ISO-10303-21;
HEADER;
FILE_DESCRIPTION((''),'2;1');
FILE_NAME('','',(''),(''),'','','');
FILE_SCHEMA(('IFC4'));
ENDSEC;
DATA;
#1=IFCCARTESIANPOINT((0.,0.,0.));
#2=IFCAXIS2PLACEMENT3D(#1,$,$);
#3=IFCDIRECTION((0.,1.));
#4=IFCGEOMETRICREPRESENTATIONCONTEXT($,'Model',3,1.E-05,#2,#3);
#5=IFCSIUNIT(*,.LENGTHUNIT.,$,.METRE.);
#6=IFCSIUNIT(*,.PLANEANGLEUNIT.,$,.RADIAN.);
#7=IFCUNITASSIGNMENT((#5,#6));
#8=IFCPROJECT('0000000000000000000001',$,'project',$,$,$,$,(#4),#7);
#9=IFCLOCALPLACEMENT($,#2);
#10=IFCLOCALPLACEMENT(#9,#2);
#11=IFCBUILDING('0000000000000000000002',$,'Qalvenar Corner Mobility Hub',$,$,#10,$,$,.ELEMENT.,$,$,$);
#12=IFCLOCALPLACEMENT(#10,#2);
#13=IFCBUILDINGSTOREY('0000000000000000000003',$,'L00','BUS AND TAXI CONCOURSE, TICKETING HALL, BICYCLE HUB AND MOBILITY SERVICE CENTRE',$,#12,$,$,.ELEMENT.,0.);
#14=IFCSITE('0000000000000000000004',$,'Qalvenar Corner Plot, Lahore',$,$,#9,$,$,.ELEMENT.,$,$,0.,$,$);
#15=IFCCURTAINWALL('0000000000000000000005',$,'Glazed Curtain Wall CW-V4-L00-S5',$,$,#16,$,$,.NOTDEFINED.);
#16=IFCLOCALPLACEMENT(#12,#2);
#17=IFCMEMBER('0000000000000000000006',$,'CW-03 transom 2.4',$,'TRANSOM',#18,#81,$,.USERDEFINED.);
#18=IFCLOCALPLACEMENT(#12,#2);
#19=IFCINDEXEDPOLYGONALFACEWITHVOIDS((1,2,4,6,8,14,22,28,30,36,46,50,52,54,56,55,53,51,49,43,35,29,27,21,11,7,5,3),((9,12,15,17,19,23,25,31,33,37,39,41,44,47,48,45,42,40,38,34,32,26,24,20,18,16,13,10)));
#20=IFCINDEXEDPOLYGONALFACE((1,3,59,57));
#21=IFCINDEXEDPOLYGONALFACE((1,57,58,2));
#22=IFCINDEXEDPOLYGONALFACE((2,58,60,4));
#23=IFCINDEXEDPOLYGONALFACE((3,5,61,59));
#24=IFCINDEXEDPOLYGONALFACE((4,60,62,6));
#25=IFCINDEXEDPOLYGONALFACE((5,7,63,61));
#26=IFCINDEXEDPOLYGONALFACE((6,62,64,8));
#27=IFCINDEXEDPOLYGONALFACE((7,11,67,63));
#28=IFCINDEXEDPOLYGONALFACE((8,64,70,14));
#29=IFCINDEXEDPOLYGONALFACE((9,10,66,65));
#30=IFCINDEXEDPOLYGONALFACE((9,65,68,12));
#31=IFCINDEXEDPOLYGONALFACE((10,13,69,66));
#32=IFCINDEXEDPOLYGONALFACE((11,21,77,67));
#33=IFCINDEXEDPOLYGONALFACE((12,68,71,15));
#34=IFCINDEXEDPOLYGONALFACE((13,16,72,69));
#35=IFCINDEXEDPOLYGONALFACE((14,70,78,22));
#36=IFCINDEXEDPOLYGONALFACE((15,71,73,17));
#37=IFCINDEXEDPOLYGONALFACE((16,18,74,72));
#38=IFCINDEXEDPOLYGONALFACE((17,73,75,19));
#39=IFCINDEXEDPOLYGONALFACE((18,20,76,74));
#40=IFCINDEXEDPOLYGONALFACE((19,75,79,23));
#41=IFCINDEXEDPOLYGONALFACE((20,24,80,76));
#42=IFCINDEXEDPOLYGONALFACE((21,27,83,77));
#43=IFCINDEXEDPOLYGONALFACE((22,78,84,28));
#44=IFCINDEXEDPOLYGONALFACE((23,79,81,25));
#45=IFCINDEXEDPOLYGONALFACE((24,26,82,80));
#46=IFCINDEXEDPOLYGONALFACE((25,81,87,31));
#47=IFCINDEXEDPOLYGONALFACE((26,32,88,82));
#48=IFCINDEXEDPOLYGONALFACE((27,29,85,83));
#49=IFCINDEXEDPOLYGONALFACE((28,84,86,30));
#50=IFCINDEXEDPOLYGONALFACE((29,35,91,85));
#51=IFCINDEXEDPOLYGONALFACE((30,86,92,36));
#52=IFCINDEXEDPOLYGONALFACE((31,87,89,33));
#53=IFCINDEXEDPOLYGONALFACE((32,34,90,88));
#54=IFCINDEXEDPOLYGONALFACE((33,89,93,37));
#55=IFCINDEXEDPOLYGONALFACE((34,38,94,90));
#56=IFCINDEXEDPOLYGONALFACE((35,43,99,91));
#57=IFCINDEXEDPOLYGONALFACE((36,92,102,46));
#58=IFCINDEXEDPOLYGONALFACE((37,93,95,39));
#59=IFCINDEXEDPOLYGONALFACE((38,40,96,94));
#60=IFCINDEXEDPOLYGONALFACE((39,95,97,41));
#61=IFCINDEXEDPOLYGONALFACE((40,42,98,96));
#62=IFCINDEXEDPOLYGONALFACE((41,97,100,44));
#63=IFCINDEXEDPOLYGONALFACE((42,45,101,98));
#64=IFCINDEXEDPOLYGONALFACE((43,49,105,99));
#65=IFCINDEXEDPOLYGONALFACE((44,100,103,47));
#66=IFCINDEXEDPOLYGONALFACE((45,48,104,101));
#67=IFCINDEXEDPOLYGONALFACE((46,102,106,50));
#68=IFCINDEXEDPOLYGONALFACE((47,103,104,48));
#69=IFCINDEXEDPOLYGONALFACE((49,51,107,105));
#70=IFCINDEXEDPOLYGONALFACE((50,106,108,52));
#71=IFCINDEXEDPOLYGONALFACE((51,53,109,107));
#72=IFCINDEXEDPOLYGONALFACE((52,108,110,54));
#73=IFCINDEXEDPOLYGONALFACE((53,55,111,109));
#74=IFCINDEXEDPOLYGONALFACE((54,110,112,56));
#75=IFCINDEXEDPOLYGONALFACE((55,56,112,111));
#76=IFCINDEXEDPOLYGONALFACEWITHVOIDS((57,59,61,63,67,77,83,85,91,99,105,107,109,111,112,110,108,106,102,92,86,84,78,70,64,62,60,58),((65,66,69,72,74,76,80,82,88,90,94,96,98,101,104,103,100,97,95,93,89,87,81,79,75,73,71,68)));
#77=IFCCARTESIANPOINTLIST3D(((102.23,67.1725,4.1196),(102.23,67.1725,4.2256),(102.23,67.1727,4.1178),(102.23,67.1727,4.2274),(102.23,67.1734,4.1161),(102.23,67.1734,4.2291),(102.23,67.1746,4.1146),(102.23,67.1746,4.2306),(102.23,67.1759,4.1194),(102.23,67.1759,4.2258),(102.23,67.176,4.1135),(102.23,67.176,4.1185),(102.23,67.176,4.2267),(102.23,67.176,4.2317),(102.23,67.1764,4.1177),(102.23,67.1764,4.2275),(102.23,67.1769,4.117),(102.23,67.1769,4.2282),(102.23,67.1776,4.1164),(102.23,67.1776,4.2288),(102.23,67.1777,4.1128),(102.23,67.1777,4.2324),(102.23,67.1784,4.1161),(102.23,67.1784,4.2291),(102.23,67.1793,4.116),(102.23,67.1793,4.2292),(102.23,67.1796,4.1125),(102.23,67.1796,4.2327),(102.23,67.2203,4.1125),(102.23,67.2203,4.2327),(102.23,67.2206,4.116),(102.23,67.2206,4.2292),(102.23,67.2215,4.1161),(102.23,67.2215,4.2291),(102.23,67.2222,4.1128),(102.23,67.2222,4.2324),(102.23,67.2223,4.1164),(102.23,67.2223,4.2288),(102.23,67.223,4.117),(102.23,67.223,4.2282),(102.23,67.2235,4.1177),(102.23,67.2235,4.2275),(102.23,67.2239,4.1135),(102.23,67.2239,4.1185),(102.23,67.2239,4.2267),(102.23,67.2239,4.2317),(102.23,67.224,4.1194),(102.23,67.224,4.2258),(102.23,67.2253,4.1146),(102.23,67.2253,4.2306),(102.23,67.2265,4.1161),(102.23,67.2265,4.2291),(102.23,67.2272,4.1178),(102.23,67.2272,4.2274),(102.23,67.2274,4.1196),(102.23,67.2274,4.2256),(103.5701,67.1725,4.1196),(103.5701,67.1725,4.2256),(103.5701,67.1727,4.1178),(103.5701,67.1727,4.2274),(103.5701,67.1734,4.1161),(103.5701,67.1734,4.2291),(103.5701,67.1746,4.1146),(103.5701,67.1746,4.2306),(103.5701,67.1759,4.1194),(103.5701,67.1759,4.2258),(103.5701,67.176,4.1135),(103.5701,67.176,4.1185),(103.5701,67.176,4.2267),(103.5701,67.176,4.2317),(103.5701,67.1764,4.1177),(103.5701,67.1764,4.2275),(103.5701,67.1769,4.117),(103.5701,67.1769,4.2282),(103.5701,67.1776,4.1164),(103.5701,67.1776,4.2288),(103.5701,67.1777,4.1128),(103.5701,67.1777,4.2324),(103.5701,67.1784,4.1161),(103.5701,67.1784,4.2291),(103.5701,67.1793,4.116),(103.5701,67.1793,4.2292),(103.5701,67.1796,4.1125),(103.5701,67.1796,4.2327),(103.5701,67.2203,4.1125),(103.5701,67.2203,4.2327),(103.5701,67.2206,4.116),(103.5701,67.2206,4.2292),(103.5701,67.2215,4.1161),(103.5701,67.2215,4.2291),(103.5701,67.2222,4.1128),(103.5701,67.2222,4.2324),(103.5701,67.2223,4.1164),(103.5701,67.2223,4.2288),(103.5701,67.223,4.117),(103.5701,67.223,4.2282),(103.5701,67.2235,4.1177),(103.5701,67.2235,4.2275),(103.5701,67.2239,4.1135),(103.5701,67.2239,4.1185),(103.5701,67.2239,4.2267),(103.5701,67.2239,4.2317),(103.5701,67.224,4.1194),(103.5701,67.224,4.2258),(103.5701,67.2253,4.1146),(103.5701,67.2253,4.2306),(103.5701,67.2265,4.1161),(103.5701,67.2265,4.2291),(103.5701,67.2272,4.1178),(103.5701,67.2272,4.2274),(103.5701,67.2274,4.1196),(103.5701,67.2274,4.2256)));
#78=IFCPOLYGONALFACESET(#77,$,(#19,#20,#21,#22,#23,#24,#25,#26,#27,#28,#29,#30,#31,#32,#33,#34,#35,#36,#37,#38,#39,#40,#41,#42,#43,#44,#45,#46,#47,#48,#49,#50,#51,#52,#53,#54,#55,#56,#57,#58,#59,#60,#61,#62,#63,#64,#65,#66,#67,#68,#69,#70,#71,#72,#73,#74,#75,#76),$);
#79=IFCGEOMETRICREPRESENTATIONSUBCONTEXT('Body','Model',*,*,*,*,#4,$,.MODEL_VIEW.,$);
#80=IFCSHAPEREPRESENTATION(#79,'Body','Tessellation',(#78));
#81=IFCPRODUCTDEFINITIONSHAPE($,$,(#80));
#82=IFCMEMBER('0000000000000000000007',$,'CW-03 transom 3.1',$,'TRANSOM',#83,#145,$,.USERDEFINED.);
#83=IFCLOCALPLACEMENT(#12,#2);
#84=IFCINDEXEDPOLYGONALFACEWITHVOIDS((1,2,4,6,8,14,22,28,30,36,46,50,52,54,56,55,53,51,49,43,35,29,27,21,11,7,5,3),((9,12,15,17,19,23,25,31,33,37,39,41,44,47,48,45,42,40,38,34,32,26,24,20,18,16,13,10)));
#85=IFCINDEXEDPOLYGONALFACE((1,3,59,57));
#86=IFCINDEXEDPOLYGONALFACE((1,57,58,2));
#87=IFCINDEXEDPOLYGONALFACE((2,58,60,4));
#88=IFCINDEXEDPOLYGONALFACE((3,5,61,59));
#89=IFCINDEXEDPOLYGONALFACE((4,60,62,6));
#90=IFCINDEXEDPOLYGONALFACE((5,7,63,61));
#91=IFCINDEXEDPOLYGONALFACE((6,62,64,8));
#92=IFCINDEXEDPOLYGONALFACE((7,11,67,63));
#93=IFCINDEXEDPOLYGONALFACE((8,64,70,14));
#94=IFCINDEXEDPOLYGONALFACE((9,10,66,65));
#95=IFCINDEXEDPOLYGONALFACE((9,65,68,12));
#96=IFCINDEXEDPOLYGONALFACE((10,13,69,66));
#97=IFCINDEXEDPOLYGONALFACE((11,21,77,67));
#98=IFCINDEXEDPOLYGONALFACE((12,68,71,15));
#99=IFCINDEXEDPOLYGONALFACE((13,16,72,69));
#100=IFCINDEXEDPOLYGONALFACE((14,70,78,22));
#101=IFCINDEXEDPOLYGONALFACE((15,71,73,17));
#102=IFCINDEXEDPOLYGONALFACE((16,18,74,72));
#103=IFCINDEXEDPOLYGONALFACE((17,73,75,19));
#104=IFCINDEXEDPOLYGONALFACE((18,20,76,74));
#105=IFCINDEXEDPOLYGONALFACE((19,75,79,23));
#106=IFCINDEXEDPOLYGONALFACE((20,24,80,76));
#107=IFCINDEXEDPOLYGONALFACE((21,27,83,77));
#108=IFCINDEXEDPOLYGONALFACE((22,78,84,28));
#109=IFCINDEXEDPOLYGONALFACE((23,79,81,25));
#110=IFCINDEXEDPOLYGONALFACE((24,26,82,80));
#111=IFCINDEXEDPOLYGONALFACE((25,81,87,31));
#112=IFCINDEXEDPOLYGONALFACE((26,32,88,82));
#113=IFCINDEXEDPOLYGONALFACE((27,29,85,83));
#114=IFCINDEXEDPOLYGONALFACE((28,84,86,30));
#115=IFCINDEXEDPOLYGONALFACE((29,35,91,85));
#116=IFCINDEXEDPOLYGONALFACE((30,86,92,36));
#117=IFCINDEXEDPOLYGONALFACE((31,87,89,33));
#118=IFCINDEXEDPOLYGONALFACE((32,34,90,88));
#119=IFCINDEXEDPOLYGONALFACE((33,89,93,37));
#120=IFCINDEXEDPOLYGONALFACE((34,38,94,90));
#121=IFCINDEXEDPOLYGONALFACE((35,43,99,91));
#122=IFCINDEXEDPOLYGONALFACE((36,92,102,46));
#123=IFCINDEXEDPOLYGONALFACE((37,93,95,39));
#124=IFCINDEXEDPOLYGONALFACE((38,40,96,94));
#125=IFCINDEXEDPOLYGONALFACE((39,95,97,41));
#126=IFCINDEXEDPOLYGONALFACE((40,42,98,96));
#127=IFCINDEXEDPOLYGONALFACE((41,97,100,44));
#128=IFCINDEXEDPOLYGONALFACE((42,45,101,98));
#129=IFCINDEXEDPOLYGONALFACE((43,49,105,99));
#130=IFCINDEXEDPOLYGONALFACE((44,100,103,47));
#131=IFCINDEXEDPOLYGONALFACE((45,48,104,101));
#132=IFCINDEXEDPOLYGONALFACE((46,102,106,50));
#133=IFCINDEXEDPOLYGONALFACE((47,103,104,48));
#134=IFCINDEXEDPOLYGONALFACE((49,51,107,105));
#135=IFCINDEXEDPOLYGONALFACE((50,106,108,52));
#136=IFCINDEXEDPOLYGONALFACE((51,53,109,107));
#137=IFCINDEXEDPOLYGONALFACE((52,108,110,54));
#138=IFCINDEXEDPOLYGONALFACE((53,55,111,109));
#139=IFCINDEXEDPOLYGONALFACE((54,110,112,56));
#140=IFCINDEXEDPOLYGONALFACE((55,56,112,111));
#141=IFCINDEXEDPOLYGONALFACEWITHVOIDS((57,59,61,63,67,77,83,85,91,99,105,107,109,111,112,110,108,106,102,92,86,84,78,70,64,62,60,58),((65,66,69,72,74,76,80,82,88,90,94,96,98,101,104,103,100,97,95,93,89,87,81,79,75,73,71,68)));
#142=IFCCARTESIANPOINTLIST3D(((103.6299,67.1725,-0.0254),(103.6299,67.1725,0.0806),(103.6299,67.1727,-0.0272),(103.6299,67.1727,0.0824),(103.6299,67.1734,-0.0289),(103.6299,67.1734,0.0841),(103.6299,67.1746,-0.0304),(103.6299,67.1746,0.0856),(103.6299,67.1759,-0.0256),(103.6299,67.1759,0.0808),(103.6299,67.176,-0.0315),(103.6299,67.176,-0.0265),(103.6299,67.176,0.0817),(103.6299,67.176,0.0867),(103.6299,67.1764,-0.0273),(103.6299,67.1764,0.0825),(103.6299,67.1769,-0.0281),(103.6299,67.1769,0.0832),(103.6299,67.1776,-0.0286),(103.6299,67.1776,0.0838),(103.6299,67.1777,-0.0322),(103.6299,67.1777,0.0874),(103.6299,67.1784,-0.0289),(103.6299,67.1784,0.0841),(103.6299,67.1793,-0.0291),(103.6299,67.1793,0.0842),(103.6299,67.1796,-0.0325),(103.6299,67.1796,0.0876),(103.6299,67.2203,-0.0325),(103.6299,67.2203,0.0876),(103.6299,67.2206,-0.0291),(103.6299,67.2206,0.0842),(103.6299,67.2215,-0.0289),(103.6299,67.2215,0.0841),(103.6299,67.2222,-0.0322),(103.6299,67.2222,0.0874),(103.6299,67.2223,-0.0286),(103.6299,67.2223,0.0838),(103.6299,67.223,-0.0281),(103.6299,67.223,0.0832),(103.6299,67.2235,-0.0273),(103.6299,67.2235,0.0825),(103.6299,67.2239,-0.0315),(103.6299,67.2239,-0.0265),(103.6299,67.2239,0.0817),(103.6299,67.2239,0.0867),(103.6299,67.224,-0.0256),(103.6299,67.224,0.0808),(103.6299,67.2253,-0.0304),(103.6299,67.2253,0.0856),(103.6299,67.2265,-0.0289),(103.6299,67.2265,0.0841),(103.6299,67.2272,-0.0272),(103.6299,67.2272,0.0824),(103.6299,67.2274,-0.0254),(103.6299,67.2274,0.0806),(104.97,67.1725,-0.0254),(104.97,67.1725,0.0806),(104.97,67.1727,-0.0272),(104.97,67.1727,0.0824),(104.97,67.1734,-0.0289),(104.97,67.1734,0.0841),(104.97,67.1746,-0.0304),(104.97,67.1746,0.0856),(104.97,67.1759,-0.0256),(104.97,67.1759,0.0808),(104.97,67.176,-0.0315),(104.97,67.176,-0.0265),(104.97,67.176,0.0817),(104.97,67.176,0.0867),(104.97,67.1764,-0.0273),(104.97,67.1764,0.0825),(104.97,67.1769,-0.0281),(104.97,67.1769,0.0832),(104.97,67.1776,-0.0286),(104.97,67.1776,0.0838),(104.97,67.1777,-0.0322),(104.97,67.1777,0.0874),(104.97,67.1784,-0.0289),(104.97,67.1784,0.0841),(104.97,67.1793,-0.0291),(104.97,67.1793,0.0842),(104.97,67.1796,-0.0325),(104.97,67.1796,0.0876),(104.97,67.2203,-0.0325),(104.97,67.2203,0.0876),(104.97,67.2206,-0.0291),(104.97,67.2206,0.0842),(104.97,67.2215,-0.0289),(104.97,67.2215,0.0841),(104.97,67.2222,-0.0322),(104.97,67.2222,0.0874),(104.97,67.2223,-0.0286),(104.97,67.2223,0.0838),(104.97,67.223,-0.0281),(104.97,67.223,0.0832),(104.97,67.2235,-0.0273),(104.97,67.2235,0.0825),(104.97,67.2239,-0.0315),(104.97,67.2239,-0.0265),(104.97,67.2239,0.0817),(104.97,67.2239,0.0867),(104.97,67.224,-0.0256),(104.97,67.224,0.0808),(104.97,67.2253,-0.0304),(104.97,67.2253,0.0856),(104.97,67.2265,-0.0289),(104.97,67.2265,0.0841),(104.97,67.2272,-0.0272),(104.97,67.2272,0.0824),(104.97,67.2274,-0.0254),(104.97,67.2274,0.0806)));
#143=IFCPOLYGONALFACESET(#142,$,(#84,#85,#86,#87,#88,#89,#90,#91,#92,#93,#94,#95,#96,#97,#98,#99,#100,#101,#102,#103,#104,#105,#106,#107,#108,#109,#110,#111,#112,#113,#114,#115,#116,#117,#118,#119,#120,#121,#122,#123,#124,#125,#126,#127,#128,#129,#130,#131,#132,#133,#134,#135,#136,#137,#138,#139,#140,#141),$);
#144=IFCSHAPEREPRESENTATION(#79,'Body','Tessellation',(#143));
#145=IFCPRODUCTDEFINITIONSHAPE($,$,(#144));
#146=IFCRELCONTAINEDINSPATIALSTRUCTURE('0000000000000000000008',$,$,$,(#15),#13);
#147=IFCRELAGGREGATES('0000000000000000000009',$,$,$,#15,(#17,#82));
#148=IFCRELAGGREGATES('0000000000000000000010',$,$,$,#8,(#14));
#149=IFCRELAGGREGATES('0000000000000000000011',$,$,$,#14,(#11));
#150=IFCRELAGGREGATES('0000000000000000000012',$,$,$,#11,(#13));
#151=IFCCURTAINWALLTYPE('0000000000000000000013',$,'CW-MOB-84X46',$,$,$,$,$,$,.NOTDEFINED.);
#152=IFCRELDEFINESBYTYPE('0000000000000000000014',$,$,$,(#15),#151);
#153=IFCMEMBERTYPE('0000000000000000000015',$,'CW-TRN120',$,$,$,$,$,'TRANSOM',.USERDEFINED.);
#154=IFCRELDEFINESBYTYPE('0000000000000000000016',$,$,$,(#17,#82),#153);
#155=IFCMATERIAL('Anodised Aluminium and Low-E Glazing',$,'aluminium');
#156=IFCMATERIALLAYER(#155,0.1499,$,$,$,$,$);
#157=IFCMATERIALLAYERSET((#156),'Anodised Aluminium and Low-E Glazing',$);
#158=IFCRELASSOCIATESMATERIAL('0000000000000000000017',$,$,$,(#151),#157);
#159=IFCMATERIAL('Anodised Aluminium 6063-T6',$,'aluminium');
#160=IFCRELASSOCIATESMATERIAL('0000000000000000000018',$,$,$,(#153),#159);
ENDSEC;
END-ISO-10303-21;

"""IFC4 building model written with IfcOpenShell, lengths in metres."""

from ifc_helpers import new_model, si_unit, direction, frame, origin, origin_2d, place, context, subcontext, project, spatial, hollow_rectangle, extrude, material, layer, layer_set, material_profile, profile_set, type_object, element, aggregate, save


model = new_model("IFC4")

# Units and contexts
model_context = context("Model", 3, precision=1e-05, world=origin(), true_north=direction((0.0, 1.0)))
body_context = subcontext(model_context, "Body", "Model", "MODEL_VIEW")
ifc_project = project(units=[si_unit("LENGTHUNIT", "METRE"), si_unit("PLANEANGLEUNIT", "RADIAN")], contexts=[model_context])

# Site, building, storey
site_placement = place(None, origin())
site = spatial("IfcSite", under=ifc_project, at=site_placement, Name="Qalvenar Corner Plot, Lahore", CompositionType="ELEMENT", RefElevation=0.0)
building_placement = place(site_placement, origin())
building = spatial("IfcBuilding", under=site, at=building_placement, Name="Qalvenar Corner Mobility Hub", CompositionType="ELEMENT")
storey_placement = place(building_placement, origin())
storey = spatial("IfcBuildingStorey", under=building, at=storey_placement, Name="L00", Description="BUS AND TAXI CONCOURSE, TICKETING HALL, BICYCLE HUB AND MOBILITY SERVICE CENTRE", CompositionType="ELEMENT", Elevation=0.0)

# Curtain wall, members
ifc_material_1 = material(Name="Anodised Aluminium and Low-E Glazing", Category="aluminium")
ifc_layer_1 = layer(ifc_material_1, 0.1499)
ifc_layer_set_1 = layer_set([ifc_layer_1], Name="Anodised Aluminium and Low-E Glazing")
curtain_wall_type = type_object("IfcCurtainWallType", Name="CW-MOB-84X46", PredefinedType="NOTDEFINED", material=ifc_layer_set_1)
curtain_wall_placement = place(storey_placement, origin())
curtain_wall = element("IfcCurtainWall", 1, at=curtain_wall_placement, inside=storey, type_object=curtain_wall_type, Name="Glazed Curtain Wall CW-V4-L00-S5", PredefinedType="NOTDEFINED")
ifc_material_2 = material(Name="Anodised Aluminium 6063-T6", Category="aluminium")
ifc_material_profile_1 = material_profile(ifc_material_2, hollow_rectangle(XDim=0.0549, YDim=0.1201, WallThickness=0.0034, InnerFilletRadius=0.0034, OuterFilletRadius=0.0071, at=origin_2d()), Name="RHS120x55x3.5")
ifc_profile_set_1 = profile_set([ifc_material_profile_1], Name="Anodised Aluminium 6063-T6")
member_type_1 = type_object("IfcMemberType", Name="CW-TRN120", ElementType="TRANSOM", PredefinedType="USERDEFINED", material=ifc_profile_set_1)
member_1_placement = place(storey_placement, frame((102.23, 67.2, 4.1726), z_axis=(1.0, 0.0, 0.0), x_axis=(0.0, 1.0, 0.0)))
member_1 = element("IfcMember", 2, at=member_1_placement, type_object=member_type_1, Name="CW-03 transom 2.4", ObjectType="TRANSOM", PredefinedType="USERDEFINED", context=body_context, shape_type="SweptSolid", body=[
    extrude(hollow_rectangle(XDim=0.0549, YDim=0.1201, WallThickness=0.0034, InnerFilletRadius=0.0034, OuterFilletRadius=0.0071, at=origin_2d()), origin(), (0.0, 0.0, 1.0), 1.3401),
])
member_2_placement = place(storey_placement, frame((103.6299, 67.2, 0.0276), z_axis=(1.0, 0.0, 0.0), x_axis=(0.0, 1.0, 0.0)))
member_2 = element("IfcMember", 3, at=member_2_placement, type_object=member_type_1, Name="CW-03 transom 3.1", ObjectType="TRANSOM", PredefinedType="USERDEFINED", context=body_context, shape_type="SweptSolid", body=[
    extrude(hollow_rectangle(XDim=0.0549, YDim=0.1201, WallThickness=0.0034, InnerFilletRadius=0.0034, OuterFilletRadius=0.0071, at=origin_2d()), origin(), (0.0, 0.0, 1.0), 1.3401),
])
aggregate(curtain_wall, [member_1, member_2])

save(model, "model.ifc")
